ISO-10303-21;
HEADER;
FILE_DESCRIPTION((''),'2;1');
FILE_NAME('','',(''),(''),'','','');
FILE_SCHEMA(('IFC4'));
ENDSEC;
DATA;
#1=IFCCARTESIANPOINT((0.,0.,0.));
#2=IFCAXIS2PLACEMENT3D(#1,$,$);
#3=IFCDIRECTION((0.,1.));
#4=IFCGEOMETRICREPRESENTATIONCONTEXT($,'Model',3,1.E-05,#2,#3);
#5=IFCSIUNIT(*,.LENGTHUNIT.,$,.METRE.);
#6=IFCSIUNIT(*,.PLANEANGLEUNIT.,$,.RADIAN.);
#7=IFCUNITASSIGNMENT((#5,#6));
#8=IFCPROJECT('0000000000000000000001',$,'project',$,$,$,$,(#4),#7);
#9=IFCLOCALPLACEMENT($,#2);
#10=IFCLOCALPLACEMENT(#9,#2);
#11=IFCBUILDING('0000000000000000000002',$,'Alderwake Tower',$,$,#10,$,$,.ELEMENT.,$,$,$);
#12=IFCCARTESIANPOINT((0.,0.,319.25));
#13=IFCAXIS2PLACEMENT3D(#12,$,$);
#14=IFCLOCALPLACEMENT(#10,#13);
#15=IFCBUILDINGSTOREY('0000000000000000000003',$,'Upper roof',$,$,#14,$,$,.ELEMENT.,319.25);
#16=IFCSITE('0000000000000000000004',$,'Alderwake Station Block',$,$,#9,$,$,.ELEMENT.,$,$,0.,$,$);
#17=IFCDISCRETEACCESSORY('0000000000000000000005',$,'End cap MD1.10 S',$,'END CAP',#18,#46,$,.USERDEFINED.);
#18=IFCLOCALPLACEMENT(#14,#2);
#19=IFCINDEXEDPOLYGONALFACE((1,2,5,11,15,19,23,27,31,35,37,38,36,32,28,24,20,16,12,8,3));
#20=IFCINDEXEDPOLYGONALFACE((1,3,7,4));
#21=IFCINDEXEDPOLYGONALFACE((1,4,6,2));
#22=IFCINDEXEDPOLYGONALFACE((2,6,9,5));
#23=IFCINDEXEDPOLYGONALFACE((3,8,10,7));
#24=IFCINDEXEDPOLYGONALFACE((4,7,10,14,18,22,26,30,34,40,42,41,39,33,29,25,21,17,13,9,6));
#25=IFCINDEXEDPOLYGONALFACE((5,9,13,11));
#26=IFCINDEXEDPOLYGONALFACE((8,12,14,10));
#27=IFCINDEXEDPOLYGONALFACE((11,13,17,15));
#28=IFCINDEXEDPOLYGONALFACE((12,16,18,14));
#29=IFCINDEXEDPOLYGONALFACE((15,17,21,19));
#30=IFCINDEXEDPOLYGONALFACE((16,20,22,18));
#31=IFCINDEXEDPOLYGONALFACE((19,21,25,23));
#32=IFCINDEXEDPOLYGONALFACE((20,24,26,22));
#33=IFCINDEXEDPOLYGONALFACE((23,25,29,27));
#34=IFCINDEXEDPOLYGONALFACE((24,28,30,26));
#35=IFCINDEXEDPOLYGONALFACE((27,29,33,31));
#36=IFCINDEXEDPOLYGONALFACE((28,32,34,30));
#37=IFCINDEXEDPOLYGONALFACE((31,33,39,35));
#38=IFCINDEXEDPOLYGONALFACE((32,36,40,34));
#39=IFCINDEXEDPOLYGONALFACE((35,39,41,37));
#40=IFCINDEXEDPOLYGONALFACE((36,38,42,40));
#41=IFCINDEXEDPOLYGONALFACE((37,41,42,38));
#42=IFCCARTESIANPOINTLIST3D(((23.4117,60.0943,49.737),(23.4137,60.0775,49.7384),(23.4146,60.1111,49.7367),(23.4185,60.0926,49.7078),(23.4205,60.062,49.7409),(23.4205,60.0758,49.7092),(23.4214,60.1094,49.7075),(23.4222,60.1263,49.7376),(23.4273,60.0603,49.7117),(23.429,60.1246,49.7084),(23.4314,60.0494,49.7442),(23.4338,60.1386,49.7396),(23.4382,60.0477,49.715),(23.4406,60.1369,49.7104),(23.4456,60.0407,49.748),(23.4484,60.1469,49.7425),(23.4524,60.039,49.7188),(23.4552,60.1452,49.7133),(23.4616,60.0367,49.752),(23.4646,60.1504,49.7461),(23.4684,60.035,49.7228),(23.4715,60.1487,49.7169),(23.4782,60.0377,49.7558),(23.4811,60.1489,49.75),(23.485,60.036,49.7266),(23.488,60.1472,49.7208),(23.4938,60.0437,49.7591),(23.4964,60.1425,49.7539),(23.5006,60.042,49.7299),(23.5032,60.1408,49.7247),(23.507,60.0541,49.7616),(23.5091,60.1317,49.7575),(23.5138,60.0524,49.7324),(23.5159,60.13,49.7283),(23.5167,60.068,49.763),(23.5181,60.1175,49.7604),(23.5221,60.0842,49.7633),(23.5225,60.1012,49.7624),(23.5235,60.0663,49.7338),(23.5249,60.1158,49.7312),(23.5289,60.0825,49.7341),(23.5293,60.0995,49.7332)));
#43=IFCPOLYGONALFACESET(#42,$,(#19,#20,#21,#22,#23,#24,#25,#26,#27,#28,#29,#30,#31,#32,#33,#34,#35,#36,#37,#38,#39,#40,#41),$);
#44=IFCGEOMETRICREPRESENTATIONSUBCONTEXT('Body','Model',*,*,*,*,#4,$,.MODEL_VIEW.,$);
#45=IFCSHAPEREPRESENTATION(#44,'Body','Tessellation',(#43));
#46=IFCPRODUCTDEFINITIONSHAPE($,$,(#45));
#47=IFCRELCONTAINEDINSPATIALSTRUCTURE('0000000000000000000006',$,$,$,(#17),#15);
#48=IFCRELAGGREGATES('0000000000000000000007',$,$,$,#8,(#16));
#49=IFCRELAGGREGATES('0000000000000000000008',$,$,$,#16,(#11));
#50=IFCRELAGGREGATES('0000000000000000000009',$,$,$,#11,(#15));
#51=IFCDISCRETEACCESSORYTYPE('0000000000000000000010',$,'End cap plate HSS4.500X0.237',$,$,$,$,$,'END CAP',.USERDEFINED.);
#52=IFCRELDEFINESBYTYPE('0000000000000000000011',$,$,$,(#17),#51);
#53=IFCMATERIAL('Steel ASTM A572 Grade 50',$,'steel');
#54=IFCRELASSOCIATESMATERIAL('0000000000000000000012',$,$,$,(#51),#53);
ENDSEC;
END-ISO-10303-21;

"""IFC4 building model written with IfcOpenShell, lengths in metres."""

from ifc_helpers import new_model, si_unit, direction, frame, origin, origin_2d, place, context, subcontext, project, spatial, circle, extrude, material, material_profile, profile_set, type_object, element, save


model = new_model("IFC4")

# Units and contexts
model_context = context("Model", 3, precision=1e-05, world=origin(), true_north=direction((0.0, 1.0)))
body_context = subcontext(model_context, "Body", "Model", "MODEL_VIEW")
ifc_project = project(units=[si_unit("LENGTHUNIT", "METRE"), si_unit("PLANEANGLEUNIT", "RADIAN")], contexts=[model_context])

# Site, building, storey
site_placement = place(None, origin())
site = spatial("IfcSite", under=ifc_project, at=site_placement, Name="Alderwake Station Block", CompositionType="ELEMENT", RefElevation=0.0)
building_placement = place(site_placement, origin())
building = spatial("IfcBuilding", under=site, at=building_placement, Name="Alderwake Tower", CompositionType="ELEMENT")
storey_placement = place(building_placement, frame((0.0, 0.0, 319.25)))
storey = spatial("IfcBuildingStorey", under=building, at=storey_placement, Name="Upper roof", CompositionType="ELEMENT", Elevation=319.25)

# Discrete accessory
ifc_material_1 = material(Name="Steel ASTM A572 Grade 50", Category="steel")
ifc_material_profile_1 = material_profile(ifc_material_1, circle(Radius=0.0571, at=origin_2d()), Name="HSS4.500X0.237 cap")
ifc_profile_set_1 = profile_set([ifc_material_profile_1], Name="Steel ASTM A572 Grade 50")
discrete_accessory_type = type_object("IfcDiscreteAccessoryType", Name="End cap plate HSS4.500X0.237", ElementType="END CAP", PredefinedType="USERDEFINED", material=ifc_profile_set_1)
for number, where, z_axis, x_axis, name in (
    (1, (23.4673, 60.0935, 49.75), (0.226864, -0.056716, -0.972274), (0.242536, 0.970143, 0.0), "End cap MD1.10 S"),
):
    element("IfcDiscreteAccessory", number, at=place(storey_placement, frame(where, z_axis=z_axis, x_axis=x_axis)), inside=storey, type_object=discrete_accessory_type, Name=name, ObjectType="END CAP", PredefinedType="USERDEFINED", context=body_context, shape_type="SweptSolid", body=[
        extrude(circle(Radius=0.0571, at=origin_2d()), origin(), (0.0, 0.0, 1.0), 0.03),
    ])

save(model, "model.ifc")
